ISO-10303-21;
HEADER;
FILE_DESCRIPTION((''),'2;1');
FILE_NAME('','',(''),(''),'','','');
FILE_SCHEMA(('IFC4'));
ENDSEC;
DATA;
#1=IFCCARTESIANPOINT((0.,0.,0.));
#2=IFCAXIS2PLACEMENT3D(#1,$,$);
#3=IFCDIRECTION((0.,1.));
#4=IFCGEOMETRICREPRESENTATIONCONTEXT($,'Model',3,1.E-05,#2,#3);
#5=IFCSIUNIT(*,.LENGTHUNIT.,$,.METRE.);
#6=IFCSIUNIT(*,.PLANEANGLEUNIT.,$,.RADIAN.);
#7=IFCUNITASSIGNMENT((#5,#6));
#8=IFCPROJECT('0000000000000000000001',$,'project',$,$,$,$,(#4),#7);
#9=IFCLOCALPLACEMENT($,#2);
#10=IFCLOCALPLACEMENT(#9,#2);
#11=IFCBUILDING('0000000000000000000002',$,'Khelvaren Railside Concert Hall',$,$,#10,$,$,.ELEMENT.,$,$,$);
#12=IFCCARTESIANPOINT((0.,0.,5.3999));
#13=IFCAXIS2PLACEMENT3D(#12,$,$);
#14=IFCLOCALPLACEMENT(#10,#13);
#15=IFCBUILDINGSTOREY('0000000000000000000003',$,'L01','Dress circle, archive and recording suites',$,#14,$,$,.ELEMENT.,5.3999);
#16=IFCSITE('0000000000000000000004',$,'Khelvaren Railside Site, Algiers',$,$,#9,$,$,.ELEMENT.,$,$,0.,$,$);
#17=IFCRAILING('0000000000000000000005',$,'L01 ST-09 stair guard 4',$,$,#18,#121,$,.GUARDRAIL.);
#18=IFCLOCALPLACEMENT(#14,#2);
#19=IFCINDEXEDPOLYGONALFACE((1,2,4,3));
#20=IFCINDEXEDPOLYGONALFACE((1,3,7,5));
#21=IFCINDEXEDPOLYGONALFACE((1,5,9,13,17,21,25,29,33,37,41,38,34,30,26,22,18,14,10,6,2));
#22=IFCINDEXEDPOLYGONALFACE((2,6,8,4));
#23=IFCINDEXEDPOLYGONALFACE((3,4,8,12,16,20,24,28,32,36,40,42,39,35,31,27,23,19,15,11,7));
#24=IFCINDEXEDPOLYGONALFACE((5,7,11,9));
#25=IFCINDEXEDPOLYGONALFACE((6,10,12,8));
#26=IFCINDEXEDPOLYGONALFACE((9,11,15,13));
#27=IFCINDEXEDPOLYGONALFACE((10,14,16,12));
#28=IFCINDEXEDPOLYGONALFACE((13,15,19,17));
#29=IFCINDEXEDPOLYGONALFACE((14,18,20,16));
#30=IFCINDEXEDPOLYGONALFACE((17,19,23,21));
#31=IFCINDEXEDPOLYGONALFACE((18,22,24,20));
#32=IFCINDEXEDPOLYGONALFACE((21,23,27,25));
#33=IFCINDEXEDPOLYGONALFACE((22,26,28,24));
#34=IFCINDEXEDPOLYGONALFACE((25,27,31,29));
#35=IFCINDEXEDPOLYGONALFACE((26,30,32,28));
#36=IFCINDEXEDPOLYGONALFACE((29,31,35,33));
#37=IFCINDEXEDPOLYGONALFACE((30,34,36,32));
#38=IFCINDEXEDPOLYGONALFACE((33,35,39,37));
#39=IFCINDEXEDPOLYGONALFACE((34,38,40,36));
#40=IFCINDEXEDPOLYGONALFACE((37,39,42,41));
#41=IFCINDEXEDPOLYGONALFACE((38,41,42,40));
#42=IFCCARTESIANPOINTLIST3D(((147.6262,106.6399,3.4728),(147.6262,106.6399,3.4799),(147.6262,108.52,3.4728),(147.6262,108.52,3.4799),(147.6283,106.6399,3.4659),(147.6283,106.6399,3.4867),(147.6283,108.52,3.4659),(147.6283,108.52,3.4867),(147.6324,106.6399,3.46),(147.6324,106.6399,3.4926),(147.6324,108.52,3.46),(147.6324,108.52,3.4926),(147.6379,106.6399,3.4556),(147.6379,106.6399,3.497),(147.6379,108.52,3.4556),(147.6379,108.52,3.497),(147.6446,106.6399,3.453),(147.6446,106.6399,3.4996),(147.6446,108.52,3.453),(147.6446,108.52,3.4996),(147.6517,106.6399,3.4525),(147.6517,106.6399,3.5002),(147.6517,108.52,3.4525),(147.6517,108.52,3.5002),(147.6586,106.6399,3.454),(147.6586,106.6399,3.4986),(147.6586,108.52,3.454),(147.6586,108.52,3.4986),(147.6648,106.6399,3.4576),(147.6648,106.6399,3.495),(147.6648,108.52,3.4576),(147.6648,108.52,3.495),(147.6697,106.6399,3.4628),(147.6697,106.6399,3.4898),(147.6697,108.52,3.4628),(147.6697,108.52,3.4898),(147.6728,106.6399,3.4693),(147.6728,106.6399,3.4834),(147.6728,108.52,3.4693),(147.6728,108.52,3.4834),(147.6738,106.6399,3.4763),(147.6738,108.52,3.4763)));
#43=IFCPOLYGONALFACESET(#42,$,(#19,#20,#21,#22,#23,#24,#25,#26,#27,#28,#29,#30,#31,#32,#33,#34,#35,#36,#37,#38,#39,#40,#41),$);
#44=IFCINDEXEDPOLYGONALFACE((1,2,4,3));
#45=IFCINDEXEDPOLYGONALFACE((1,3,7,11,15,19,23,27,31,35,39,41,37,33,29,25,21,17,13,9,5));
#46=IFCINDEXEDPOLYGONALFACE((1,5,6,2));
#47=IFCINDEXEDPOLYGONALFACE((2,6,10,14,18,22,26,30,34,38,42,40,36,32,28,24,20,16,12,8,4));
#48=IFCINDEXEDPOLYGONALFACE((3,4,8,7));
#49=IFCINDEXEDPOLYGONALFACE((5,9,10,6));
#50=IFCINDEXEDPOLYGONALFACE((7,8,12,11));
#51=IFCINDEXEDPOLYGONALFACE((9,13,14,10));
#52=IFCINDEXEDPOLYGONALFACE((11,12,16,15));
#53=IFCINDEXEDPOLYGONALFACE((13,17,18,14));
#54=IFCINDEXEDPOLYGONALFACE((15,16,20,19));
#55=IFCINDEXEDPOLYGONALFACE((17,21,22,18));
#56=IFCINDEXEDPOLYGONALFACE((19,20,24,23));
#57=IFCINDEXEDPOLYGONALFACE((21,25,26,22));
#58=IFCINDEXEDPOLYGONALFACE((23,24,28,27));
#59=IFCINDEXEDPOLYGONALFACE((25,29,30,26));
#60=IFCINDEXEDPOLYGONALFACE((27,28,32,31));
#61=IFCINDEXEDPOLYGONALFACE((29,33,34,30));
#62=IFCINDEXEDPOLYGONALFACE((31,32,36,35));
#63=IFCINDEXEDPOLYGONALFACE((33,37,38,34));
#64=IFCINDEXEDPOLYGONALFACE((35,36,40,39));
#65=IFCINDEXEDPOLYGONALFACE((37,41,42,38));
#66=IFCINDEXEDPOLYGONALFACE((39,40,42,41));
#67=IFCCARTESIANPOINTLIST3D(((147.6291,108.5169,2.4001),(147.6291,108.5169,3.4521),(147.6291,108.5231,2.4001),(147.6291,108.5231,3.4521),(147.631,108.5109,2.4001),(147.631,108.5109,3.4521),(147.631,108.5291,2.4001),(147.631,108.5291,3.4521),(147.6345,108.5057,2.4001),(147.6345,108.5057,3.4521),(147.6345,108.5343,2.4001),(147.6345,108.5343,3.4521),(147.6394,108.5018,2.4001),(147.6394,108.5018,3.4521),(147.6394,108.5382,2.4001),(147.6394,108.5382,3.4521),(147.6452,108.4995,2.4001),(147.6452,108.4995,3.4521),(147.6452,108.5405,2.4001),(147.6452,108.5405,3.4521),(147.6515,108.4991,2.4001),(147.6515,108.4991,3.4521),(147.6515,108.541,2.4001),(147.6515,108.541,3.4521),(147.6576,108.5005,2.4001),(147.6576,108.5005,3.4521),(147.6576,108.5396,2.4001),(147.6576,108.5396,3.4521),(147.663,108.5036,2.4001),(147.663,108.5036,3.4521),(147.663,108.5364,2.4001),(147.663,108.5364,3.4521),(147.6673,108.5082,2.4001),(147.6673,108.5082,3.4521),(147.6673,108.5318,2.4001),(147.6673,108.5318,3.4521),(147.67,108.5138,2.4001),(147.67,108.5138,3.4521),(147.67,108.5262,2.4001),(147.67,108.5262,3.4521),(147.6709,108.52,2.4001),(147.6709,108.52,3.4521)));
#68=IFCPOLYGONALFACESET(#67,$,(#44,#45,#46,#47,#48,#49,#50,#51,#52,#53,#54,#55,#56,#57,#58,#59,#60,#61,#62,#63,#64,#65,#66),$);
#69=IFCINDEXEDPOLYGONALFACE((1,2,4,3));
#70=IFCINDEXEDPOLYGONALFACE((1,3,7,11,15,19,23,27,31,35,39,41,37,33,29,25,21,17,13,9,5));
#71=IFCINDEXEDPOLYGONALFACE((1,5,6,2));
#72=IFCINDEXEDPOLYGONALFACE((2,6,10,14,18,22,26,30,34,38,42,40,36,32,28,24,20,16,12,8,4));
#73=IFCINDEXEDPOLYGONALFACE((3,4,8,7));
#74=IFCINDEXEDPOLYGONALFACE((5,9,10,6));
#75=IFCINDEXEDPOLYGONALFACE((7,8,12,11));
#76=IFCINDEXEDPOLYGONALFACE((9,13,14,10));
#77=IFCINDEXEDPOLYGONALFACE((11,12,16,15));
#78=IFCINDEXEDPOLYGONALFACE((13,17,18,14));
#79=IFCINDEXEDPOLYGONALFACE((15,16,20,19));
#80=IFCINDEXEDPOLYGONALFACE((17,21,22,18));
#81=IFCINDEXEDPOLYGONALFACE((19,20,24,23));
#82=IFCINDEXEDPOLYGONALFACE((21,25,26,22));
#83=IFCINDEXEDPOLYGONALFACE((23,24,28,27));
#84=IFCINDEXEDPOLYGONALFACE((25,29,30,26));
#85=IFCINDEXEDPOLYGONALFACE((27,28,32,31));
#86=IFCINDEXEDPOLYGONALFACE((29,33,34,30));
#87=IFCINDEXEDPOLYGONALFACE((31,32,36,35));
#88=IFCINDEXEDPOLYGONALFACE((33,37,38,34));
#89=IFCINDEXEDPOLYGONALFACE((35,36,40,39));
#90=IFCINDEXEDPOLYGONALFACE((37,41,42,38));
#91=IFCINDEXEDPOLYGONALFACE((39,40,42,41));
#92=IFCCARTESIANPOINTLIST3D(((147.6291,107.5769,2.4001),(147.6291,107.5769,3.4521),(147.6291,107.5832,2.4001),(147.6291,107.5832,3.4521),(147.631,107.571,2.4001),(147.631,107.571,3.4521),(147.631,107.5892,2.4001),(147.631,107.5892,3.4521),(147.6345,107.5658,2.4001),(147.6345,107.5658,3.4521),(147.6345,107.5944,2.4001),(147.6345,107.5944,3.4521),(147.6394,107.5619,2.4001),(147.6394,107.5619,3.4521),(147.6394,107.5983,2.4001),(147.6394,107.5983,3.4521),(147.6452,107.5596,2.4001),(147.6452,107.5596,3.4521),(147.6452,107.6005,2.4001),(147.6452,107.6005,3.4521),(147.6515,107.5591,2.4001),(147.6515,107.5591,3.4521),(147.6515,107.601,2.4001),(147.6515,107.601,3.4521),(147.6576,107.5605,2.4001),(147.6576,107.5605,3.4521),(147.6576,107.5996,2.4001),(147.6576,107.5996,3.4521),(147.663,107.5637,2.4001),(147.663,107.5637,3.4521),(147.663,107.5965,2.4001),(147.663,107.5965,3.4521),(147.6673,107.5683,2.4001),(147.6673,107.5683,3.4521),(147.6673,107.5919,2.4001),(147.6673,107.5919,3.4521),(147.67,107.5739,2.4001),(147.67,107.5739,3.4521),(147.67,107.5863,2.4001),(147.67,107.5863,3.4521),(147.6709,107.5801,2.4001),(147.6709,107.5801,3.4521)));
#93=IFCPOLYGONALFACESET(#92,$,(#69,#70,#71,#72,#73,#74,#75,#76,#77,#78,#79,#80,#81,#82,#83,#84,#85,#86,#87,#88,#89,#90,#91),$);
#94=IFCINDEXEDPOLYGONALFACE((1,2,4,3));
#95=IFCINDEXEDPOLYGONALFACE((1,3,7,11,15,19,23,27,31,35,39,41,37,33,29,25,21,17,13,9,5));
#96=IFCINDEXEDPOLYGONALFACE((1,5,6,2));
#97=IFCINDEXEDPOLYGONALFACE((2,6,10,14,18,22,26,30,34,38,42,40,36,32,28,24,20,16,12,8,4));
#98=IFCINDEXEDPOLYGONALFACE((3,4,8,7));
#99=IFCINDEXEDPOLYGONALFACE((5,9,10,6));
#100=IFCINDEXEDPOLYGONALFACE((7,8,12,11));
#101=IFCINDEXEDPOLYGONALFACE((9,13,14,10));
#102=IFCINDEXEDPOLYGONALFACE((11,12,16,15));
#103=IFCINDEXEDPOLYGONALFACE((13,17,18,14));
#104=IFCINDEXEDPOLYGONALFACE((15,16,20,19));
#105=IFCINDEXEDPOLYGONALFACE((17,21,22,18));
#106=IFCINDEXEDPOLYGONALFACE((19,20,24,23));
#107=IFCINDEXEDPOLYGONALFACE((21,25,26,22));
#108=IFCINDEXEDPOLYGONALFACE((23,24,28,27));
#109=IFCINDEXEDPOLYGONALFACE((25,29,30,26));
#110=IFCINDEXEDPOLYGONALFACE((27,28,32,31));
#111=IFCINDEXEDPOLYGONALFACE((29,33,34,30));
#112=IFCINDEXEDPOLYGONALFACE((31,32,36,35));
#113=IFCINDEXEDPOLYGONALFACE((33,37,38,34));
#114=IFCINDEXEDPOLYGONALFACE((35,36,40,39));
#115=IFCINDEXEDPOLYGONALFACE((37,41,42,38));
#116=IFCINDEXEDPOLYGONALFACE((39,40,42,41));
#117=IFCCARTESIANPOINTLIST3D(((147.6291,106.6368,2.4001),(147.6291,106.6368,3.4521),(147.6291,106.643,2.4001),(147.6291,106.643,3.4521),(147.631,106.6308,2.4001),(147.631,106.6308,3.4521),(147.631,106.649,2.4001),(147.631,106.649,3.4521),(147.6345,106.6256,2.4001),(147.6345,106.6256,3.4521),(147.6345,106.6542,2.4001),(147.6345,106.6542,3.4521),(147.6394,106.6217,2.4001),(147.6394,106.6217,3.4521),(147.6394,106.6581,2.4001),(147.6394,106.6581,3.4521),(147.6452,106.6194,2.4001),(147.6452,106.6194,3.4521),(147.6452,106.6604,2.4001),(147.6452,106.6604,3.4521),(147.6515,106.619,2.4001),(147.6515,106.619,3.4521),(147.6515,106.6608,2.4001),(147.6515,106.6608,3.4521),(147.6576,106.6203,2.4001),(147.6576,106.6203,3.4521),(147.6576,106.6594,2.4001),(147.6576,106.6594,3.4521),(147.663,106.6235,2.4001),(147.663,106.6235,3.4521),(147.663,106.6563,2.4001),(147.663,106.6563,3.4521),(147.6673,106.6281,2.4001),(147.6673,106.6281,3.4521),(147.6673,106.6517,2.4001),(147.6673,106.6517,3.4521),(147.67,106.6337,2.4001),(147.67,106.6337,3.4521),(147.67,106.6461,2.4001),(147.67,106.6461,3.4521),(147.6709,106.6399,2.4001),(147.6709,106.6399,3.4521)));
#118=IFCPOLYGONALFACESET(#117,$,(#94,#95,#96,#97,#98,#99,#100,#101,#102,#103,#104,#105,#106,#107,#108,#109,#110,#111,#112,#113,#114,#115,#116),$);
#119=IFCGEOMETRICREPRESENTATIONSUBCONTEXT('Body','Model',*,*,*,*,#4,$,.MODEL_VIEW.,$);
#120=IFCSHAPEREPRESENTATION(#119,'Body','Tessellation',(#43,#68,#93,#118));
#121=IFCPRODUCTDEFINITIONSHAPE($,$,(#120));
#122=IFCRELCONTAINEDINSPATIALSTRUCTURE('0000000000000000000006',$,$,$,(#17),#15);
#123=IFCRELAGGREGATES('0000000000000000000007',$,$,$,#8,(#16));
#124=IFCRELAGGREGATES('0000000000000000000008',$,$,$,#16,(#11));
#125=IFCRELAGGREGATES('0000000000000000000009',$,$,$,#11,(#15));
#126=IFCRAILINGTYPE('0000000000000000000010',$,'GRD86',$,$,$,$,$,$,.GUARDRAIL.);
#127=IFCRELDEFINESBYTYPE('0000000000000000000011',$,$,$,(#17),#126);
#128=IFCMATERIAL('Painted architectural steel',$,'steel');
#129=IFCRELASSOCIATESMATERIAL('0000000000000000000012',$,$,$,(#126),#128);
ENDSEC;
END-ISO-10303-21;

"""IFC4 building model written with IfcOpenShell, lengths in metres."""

from ifc_helpers import new_model, si_unit, direction, frame, origin, origin_2d, place, context, subcontext, project, spatial, circle, extrude, material, type_object, element, save


model = new_model("IFC4")

# Units and contexts
model_context = context("Model", 3, precision=1e-05, world=origin(), true_north=direction((0.0, 1.0)))
body_context = subcontext(model_context, "Body", "Model", "MODEL_VIEW")
ifc_project = project(units=[si_unit("LENGTHUNIT", "METRE"), si_unit("PLANEANGLEUNIT", "RADIAN")], contexts=[model_context])

# Site, building, storey
site_placement = place(None, origin())
site = spatial("IfcSite", under=ifc_project, at=site_placement, Name="Khelvaren Railside Site, Algiers", CompositionType="ELEMENT", RefElevation=0.0)
building_placement = place(site_placement, origin())
building = spatial("IfcBuilding", under=site, at=building_placement, Name="Khelvaren Railside Concert Hall", CompositionType="ELEMENT")
storey_placement = place(building_placement, frame((0.0, 0.0, 5.3999)))
storey = spatial("IfcBuildingStorey", under=building, at=storey_placement, Name="L01", Description="Dress circle, archive and recording suites", CompositionType="ELEMENT", Elevation=5.3999)

# Railing
ifc_material_1 = material(Name="Painted architectural steel", Category="steel")
railing_type_1 = type_object("IfcRailingType", Name="GRD86", PredefinedType="GUARDRAIL", material=ifc_material_1)
railing_1_placement = place(storey_placement, frame((147.6499, 108.52, 2.4001)))
element("IfcRailing", 1, at=railing_1_placement, inside=storey, type_object=railing_type_1, Name="L01 ST-09 stair guard 4", PredefinedType="GUARDRAIL", context=body_context, shape_type="SweptSolid", body=[
    extrude(circle(Radius=0.0239, at=origin_2d()), frame((0.0, 0.0, 1.0762), z_axis=(0.0, -1.0, 0.0), x_axis=(1.0, 0.0, 0.0)), (0.0, 0.0, 1.0), 1.8801),
    extrude(circle(Radius=0.021, at=origin_2d()), origin(), (0.0, 0.0, 1.0), 1.052),
    extrude(circle(Radius=0.021, at=origin_2d()), frame((0.0, -0.9399, 0.0)), (0.0, 0.0, 1.0), 1.052),
    extrude(circle(Radius=0.021, at=origin_2d()), frame((0.0, -1.8801, 0.0)), (0.0, 0.0, 1.0), 1.052),
])

save(model, "model.ifc")
